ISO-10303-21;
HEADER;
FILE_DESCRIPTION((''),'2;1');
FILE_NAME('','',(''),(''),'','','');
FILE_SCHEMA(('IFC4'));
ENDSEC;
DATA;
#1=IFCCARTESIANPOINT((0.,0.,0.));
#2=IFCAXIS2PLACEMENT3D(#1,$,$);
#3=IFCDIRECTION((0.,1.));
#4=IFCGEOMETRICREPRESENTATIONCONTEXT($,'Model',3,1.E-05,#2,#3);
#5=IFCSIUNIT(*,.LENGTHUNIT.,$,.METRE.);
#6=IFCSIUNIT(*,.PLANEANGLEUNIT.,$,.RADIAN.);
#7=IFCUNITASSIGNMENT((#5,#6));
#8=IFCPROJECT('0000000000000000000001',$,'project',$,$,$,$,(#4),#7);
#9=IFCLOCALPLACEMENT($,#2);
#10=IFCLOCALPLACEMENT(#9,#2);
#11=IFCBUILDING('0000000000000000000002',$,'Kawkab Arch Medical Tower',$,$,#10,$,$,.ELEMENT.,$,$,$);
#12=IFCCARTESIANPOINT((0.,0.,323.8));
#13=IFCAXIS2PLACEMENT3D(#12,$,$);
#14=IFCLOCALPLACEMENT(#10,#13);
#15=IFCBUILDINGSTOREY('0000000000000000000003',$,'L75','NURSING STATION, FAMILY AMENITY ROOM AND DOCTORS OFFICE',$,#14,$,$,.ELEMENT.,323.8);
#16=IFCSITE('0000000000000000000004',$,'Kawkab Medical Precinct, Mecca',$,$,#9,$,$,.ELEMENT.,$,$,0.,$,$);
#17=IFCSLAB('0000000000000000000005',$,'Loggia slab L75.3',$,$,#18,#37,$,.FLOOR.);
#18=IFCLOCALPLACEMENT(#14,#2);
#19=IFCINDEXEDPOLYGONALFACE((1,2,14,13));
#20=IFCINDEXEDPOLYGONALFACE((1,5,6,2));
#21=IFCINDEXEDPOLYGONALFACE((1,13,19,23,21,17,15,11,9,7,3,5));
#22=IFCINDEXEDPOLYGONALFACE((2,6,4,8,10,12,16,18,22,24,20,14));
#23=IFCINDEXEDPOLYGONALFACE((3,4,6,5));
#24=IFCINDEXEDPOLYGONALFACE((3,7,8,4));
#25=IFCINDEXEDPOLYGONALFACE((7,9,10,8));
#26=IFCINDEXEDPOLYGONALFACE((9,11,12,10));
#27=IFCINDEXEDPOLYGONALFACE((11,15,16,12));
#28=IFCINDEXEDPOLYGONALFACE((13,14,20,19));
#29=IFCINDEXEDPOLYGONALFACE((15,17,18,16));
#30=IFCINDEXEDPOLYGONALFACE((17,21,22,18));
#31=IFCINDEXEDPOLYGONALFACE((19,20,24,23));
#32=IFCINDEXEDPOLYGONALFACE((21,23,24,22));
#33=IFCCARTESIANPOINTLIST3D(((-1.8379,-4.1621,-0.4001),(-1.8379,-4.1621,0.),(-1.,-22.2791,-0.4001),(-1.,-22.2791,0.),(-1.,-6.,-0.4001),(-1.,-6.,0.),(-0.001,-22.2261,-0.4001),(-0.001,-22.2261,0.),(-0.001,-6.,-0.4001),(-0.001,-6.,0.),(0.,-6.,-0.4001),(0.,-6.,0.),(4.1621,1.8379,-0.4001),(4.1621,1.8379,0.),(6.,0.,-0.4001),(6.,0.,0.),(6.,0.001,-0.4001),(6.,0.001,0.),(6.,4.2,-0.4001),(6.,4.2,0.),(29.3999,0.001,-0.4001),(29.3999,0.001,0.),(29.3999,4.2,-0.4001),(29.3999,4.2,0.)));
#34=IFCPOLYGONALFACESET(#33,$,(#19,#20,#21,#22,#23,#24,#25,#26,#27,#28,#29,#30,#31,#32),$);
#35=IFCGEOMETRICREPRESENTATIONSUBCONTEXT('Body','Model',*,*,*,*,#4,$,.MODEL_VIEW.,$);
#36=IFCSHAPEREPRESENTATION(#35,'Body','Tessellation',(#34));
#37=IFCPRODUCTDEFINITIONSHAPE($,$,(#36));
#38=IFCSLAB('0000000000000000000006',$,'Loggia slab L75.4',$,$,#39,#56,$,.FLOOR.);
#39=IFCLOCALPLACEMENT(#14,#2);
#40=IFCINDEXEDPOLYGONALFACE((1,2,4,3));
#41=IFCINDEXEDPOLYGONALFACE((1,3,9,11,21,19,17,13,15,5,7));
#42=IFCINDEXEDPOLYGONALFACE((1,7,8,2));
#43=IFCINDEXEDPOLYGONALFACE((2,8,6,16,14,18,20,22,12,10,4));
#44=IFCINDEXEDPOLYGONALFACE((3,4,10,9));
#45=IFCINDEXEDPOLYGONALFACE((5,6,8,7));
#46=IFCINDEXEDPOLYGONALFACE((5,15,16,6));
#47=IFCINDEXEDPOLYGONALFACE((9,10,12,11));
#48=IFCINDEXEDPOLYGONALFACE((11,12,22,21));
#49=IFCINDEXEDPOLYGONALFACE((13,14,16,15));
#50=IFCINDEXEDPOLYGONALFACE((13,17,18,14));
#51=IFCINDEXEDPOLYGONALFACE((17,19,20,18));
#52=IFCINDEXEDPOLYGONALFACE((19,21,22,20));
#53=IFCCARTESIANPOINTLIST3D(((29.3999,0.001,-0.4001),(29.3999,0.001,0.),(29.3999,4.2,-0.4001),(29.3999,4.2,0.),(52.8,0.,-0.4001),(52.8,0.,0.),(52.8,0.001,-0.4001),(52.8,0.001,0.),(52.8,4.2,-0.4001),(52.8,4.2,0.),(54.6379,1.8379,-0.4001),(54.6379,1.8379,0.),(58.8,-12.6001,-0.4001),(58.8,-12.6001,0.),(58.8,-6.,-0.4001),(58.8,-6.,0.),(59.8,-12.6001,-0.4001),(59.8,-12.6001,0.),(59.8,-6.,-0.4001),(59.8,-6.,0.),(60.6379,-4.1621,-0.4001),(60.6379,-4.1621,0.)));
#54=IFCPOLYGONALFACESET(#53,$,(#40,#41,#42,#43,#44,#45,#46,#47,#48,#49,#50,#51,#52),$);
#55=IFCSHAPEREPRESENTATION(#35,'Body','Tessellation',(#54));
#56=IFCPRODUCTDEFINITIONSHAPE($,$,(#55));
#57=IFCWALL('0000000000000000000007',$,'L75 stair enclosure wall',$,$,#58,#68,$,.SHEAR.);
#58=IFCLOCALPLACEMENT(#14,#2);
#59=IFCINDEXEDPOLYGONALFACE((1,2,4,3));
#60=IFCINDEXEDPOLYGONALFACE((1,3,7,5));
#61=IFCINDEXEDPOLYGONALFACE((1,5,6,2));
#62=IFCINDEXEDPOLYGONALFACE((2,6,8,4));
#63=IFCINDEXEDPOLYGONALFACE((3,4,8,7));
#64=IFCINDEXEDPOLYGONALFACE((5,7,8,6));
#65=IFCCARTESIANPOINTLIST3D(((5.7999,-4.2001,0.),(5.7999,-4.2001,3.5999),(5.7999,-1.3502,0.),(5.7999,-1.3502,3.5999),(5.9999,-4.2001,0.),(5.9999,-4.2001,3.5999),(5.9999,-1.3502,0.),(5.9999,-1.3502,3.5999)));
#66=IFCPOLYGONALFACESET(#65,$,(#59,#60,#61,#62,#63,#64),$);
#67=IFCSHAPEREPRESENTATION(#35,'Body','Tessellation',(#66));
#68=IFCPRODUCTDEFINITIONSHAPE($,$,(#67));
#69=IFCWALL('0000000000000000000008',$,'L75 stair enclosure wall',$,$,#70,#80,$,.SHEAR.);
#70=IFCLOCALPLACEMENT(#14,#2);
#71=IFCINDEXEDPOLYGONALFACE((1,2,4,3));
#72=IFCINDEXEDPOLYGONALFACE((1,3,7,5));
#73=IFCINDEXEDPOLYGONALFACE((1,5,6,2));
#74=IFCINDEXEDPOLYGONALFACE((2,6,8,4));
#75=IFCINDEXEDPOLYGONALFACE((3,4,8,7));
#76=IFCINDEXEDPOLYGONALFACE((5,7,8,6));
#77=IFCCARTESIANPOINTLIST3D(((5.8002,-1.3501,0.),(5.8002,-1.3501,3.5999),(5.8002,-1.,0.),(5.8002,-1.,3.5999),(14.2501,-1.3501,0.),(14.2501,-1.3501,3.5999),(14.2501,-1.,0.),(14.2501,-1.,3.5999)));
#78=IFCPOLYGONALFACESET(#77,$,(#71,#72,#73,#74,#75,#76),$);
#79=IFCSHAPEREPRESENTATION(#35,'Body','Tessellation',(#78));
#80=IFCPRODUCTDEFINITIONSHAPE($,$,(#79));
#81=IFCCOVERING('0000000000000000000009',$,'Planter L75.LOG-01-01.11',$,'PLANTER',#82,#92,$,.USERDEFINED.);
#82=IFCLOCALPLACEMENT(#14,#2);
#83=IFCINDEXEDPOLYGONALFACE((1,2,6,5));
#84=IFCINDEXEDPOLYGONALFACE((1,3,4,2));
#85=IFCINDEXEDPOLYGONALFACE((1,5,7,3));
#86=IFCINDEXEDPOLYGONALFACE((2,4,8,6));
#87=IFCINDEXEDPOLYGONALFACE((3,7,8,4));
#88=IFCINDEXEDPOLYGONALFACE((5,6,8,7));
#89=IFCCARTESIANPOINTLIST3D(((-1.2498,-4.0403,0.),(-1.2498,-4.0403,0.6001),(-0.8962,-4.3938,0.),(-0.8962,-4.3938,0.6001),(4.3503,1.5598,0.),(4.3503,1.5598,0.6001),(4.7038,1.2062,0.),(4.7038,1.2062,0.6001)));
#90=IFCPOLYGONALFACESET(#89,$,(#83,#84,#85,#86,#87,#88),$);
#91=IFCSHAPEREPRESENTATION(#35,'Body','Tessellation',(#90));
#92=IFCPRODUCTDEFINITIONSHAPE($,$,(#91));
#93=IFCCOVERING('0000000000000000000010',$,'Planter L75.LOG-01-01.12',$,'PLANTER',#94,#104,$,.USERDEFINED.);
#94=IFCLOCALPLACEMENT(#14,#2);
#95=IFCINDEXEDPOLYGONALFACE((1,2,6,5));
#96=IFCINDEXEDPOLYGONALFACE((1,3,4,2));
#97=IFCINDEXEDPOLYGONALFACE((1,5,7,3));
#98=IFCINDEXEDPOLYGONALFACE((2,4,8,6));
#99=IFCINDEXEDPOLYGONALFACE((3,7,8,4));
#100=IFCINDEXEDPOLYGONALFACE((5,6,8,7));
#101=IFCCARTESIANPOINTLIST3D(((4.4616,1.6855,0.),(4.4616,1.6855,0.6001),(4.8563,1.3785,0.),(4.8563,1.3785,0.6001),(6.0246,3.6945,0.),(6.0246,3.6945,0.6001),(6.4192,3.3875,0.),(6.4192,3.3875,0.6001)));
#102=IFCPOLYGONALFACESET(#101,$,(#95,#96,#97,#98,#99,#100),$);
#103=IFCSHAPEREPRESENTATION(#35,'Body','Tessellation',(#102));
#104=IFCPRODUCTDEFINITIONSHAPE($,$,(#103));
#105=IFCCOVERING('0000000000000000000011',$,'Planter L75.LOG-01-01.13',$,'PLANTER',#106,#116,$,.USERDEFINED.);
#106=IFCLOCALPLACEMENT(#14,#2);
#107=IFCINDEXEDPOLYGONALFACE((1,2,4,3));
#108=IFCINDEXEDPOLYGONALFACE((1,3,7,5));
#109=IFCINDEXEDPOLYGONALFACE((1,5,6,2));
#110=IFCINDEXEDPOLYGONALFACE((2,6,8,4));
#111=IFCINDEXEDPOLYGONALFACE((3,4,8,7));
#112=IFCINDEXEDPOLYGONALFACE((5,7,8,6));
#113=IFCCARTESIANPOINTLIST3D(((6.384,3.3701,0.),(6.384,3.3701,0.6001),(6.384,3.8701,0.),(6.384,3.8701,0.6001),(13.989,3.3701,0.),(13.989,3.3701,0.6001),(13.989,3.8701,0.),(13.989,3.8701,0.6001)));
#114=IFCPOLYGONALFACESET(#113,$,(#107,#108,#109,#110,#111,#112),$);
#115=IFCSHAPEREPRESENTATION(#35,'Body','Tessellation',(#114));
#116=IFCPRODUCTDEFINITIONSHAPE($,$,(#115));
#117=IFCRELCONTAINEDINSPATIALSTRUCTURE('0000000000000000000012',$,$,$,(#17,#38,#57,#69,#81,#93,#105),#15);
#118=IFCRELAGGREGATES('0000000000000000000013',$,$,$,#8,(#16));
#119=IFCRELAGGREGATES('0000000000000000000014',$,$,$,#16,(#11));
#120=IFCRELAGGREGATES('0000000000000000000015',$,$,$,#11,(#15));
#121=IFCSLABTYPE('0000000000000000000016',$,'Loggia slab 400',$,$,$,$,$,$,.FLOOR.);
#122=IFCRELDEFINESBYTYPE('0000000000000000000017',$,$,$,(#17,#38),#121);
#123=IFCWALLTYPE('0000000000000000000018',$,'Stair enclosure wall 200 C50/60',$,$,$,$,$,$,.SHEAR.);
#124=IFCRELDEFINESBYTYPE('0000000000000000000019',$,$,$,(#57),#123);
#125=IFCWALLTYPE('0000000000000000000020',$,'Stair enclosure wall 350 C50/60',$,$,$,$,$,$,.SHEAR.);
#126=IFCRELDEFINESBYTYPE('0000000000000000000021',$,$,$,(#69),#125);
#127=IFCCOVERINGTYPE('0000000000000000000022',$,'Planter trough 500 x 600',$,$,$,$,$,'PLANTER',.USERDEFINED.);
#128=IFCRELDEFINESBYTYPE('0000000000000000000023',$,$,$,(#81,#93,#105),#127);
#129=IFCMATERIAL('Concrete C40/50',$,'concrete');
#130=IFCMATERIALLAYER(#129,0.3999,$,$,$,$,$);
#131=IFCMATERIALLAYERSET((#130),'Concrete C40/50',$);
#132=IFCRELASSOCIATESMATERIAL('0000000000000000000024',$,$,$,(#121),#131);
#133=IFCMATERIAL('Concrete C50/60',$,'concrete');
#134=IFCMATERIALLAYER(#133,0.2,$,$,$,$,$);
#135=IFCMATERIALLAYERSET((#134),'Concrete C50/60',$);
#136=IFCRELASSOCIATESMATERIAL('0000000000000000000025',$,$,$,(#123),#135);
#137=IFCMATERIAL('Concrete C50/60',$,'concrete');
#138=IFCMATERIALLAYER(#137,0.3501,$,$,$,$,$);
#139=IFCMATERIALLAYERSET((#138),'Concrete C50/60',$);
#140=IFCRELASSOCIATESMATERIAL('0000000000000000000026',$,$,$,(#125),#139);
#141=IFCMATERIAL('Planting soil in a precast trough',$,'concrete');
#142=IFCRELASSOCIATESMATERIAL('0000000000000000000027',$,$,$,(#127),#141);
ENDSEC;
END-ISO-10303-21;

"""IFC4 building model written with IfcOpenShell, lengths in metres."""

from ifc_helpers import new_model, si_unit, direction, frame, frame_2d, origin, origin_2d, place, context, subcontext, project, spatial, polyline, rectangle, outline, extrude, material, layer, layer_set, material_profile, profile_set, type_object, element, save


model = new_model("IFC4")

# Units and contexts
model_context = context("Model", 3, precision=1e-05, world=origin(), true_north=direction((0.0, 1.0)))
body_context = subcontext(model_context, "Body", "Model", "MODEL_VIEW")
ifc_project = project(units=[si_unit("LENGTHUNIT", "METRE"), si_unit("PLANEANGLEUNIT", "RADIAN")], contexts=[model_context])

# Site, building, storey
site_placement = place(None, origin())
site = spatial("IfcSite", under=ifc_project, at=site_placement, Name="Kawkab Medical Precinct, Mecca", CompositionType="ELEMENT", RefElevation=0.0)
building_placement = place(site_placement, origin())
building = spatial("IfcBuilding", under=site, at=building_placement, Name="Kawkab Arch Medical Tower", CompositionType="ELEMENT")
storey_placement = place(building_placement, frame((0.0, 0.0, 323.8)))
storey = spatial("IfcBuildingStorey", under=building, at=storey_placement, Name="L75", Description="NURSING STATION, FAMILY AMENITY ROOM AND DOCTORS OFFICE", CompositionType="ELEMENT", Elevation=323.8)

# Slabs
ifc_material_1 = material(Name="Concrete C40/50", Category="concrete")
ifc_layer_1 = layer(ifc_material_1, 0.3999)
ifc_layer_set_1 = layer_set([ifc_layer_1], Name="Concrete C40/50")
slab_type_1 = type_object("IfcSlabType", Name="Loggia slab 400", PredefinedType="FLOOR", material=ifc_layer_set_1)
placement_1 = place(storey_placement, frame((0.0, 0.0, -0.4001)))
element("IfcSlab", 1, at=placement_1, inside=storey, type_object=slab_type_1, Name="Loggia slab L75.3", PredefinedType="FLOOR", context=body_context, shape_type="SweptSolid", body=[
    extrude(outline(polyline([(-1.8379, -4.1621), (4.1621, 1.8379), (6.0, 4.2), (29.3999, 4.2), (29.3999, 0.001), (6.0, 0.001), (6.0, 0.0), (0.0, -6.0), (-0.001, -6.0), (-0.001, -22.2261), (-1.0, -22.2791), (-1.0, -6.0), (-1.8379, -4.1621)])), origin(), (0.0, 0.0, 1.0), 0.4001),
])
element("IfcSlab", 2, at=placement_1, inside=storey, type_object=slab_type_1, Name="Loggia slab L75.4", PredefinedType="FLOOR", context=body_context, shape_type="SweptSolid", body=[
    extrude(outline(polyline([(54.6379, 1.8379), (60.6379, -4.1621), (59.8, -6.0), (59.8, -12.6001), (58.8, -12.6001), (58.8, -6.0), (52.8, 0.0), (52.8, 0.001), (29.3999, 0.001), (29.3999, 4.2), (52.8, 4.2), (54.6379, 1.8379)])), origin(), (0.0, 0.0, 1.0), 0.4001),
])

# Walls
ifc_material_2 = material(Name="Concrete C50/60", Category="concrete")
ifc_layer_2 = layer(ifc_material_2, 0.2)
ifc_layer_set_2 = layer_set([ifc_layer_2], Name="Concrete C50/60")
wall_type_1 = type_object("IfcWallType", Name="Stair enclosure wall 200 C50/60", PredefinedType="SHEAR", material=ifc_layer_set_2)
wall_1_placement = place(storey_placement, frame((5.8999, -4.2, 0.0), z_axis=(0.0, 0.0, 1.0), x_axis=(0.0, 1.0, 0.0)))
element("IfcWall", 3, at=wall_1_placement, inside=storey, type_object=wall_type_1, Name="L75 stair enclosure wall", PredefinedType="SHEAR", context=body_context, shape_type="SweptSolid", body=[
    extrude(rectangle(XDim=2.8499, YDim=0.2, at=frame_2d((1.4248, 0.0))), origin(), (0.0, 0.0, 1.0), 3.5999),
])
ifc_material_3 = material(Name="Concrete C50/60", Category="concrete")
ifc_layer_3 = layer(ifc_material_3, 0.3501)
ifc_layer_set_3 = layer_set([ifc_layer_3], Name="Concrete C50/60")
wall_type_2 = type_object("IfcWallType", Name="Stair enclosure wall 350 C50/60", PredefinedType="SHEAR", material=ifc_layer_set_3)
wall_2_placement = place(storey_placement, frame((5.8, -1.175, 0.0), z_axis=(0.0, 0.0, 1.0), x_axis=(1.0, 0.0, 0.0)))
element("IfcWall", 4, at=wall_2_placement, inside=storey, type_object=wall_type_2, Name="L75 stair enclosure wall", PredefinedType="SHEAR", context=body_context, shape_type="SweptSolid", body=[
    extrude(rectangle(XDim=8.45, YDim=0.3501, at=frame_2d((4.2251, 0.0))), origin(), (0.0, 0.0, 1.0), 3.5999),
])

# Coverings
ifc_material_4 = material(Name="Planting soil in a precast trough", Category="concrete")
ifc_material_profile_1 = material_profile(ifc_material_4, rectangle(XDim=0.5, YDim=0.6001, at=origin_2d()), Name="Trough 500x600")
ifc_profile_set_1 = profile_set([ifc_material_profile_1], Name="Planting soil in a precast trough")
covering_type = type_object("IfcCoveringType", Name="Planter trough 500 x 600", ElementType="PLANTER", PredefinedType="USERDEFINED", material=ifc_profile_set_1)
covering_1_placement = place(storey_placement, frame((-1.073, -4.217, 0.3), z_axis=(0.707107, 0.707107, 0.0), x_axis=(-0.707107, 0.707107, 0.0)))
element("IfcCovering", 5, at=covering_1_placement, inside=storey, type_object=covering_type, Name="Planter L75.LOG-01-01.11", ObjectType="PLANTER", PredefinedType="USERDEFINED", context=body_context, shape_type="SweptSolid", body=[
    extrude(rectangle(XDim=0.5, YDim=0.6001, at=origin_2d()), origin(), (0.0, 0.0, 1.0), 7.9197),
])
covering_2_placement = place(storey_placement, frame((4.6589, 1.532, 0.3), z_axis=(0.61404, 0.789275, 0.0), x_axis=(-0.789275, 0.61404, 0.0)))
element("IfcCovering", 6, at=covering_2_placement, inside=storey, type_object=covering_type, Name="Planter L75.LOG-01-01.12", ObjectType="PLANTER", PredefinedType="USERDEFINED", context=body_context, shape_type="SweptSolid", body=[
    extrude(rectangle(XDim=0.5, YDim=0.6001, at=origin_2d()), origin(), (0.0, 0.0, 1.0), 2.5454),
])
covering_3_placement = place(storey_placement, frame((6.384, 3.6201, 0.3), z_axis=(1.0, 0.0, 0.0), x_axis=(0.0, 1.0, 0.0)))
element("IfcCovering", 7, at=covering_3_placement, inside=storey, type_object=covering_type, Name="Planter L75.LOG-01-01.13", ObjectType="PLANTER", PredefinedType="USERDEFINED", context=body_context, shape_type="SweptSolid", body=[
    extrude(rectangle(XDim=0.5, YDim=0.6001, at=origin_2d()), origin(), (0.0, 0.0, 1.0), 7.605),
])

save(model, "model.ifc")
